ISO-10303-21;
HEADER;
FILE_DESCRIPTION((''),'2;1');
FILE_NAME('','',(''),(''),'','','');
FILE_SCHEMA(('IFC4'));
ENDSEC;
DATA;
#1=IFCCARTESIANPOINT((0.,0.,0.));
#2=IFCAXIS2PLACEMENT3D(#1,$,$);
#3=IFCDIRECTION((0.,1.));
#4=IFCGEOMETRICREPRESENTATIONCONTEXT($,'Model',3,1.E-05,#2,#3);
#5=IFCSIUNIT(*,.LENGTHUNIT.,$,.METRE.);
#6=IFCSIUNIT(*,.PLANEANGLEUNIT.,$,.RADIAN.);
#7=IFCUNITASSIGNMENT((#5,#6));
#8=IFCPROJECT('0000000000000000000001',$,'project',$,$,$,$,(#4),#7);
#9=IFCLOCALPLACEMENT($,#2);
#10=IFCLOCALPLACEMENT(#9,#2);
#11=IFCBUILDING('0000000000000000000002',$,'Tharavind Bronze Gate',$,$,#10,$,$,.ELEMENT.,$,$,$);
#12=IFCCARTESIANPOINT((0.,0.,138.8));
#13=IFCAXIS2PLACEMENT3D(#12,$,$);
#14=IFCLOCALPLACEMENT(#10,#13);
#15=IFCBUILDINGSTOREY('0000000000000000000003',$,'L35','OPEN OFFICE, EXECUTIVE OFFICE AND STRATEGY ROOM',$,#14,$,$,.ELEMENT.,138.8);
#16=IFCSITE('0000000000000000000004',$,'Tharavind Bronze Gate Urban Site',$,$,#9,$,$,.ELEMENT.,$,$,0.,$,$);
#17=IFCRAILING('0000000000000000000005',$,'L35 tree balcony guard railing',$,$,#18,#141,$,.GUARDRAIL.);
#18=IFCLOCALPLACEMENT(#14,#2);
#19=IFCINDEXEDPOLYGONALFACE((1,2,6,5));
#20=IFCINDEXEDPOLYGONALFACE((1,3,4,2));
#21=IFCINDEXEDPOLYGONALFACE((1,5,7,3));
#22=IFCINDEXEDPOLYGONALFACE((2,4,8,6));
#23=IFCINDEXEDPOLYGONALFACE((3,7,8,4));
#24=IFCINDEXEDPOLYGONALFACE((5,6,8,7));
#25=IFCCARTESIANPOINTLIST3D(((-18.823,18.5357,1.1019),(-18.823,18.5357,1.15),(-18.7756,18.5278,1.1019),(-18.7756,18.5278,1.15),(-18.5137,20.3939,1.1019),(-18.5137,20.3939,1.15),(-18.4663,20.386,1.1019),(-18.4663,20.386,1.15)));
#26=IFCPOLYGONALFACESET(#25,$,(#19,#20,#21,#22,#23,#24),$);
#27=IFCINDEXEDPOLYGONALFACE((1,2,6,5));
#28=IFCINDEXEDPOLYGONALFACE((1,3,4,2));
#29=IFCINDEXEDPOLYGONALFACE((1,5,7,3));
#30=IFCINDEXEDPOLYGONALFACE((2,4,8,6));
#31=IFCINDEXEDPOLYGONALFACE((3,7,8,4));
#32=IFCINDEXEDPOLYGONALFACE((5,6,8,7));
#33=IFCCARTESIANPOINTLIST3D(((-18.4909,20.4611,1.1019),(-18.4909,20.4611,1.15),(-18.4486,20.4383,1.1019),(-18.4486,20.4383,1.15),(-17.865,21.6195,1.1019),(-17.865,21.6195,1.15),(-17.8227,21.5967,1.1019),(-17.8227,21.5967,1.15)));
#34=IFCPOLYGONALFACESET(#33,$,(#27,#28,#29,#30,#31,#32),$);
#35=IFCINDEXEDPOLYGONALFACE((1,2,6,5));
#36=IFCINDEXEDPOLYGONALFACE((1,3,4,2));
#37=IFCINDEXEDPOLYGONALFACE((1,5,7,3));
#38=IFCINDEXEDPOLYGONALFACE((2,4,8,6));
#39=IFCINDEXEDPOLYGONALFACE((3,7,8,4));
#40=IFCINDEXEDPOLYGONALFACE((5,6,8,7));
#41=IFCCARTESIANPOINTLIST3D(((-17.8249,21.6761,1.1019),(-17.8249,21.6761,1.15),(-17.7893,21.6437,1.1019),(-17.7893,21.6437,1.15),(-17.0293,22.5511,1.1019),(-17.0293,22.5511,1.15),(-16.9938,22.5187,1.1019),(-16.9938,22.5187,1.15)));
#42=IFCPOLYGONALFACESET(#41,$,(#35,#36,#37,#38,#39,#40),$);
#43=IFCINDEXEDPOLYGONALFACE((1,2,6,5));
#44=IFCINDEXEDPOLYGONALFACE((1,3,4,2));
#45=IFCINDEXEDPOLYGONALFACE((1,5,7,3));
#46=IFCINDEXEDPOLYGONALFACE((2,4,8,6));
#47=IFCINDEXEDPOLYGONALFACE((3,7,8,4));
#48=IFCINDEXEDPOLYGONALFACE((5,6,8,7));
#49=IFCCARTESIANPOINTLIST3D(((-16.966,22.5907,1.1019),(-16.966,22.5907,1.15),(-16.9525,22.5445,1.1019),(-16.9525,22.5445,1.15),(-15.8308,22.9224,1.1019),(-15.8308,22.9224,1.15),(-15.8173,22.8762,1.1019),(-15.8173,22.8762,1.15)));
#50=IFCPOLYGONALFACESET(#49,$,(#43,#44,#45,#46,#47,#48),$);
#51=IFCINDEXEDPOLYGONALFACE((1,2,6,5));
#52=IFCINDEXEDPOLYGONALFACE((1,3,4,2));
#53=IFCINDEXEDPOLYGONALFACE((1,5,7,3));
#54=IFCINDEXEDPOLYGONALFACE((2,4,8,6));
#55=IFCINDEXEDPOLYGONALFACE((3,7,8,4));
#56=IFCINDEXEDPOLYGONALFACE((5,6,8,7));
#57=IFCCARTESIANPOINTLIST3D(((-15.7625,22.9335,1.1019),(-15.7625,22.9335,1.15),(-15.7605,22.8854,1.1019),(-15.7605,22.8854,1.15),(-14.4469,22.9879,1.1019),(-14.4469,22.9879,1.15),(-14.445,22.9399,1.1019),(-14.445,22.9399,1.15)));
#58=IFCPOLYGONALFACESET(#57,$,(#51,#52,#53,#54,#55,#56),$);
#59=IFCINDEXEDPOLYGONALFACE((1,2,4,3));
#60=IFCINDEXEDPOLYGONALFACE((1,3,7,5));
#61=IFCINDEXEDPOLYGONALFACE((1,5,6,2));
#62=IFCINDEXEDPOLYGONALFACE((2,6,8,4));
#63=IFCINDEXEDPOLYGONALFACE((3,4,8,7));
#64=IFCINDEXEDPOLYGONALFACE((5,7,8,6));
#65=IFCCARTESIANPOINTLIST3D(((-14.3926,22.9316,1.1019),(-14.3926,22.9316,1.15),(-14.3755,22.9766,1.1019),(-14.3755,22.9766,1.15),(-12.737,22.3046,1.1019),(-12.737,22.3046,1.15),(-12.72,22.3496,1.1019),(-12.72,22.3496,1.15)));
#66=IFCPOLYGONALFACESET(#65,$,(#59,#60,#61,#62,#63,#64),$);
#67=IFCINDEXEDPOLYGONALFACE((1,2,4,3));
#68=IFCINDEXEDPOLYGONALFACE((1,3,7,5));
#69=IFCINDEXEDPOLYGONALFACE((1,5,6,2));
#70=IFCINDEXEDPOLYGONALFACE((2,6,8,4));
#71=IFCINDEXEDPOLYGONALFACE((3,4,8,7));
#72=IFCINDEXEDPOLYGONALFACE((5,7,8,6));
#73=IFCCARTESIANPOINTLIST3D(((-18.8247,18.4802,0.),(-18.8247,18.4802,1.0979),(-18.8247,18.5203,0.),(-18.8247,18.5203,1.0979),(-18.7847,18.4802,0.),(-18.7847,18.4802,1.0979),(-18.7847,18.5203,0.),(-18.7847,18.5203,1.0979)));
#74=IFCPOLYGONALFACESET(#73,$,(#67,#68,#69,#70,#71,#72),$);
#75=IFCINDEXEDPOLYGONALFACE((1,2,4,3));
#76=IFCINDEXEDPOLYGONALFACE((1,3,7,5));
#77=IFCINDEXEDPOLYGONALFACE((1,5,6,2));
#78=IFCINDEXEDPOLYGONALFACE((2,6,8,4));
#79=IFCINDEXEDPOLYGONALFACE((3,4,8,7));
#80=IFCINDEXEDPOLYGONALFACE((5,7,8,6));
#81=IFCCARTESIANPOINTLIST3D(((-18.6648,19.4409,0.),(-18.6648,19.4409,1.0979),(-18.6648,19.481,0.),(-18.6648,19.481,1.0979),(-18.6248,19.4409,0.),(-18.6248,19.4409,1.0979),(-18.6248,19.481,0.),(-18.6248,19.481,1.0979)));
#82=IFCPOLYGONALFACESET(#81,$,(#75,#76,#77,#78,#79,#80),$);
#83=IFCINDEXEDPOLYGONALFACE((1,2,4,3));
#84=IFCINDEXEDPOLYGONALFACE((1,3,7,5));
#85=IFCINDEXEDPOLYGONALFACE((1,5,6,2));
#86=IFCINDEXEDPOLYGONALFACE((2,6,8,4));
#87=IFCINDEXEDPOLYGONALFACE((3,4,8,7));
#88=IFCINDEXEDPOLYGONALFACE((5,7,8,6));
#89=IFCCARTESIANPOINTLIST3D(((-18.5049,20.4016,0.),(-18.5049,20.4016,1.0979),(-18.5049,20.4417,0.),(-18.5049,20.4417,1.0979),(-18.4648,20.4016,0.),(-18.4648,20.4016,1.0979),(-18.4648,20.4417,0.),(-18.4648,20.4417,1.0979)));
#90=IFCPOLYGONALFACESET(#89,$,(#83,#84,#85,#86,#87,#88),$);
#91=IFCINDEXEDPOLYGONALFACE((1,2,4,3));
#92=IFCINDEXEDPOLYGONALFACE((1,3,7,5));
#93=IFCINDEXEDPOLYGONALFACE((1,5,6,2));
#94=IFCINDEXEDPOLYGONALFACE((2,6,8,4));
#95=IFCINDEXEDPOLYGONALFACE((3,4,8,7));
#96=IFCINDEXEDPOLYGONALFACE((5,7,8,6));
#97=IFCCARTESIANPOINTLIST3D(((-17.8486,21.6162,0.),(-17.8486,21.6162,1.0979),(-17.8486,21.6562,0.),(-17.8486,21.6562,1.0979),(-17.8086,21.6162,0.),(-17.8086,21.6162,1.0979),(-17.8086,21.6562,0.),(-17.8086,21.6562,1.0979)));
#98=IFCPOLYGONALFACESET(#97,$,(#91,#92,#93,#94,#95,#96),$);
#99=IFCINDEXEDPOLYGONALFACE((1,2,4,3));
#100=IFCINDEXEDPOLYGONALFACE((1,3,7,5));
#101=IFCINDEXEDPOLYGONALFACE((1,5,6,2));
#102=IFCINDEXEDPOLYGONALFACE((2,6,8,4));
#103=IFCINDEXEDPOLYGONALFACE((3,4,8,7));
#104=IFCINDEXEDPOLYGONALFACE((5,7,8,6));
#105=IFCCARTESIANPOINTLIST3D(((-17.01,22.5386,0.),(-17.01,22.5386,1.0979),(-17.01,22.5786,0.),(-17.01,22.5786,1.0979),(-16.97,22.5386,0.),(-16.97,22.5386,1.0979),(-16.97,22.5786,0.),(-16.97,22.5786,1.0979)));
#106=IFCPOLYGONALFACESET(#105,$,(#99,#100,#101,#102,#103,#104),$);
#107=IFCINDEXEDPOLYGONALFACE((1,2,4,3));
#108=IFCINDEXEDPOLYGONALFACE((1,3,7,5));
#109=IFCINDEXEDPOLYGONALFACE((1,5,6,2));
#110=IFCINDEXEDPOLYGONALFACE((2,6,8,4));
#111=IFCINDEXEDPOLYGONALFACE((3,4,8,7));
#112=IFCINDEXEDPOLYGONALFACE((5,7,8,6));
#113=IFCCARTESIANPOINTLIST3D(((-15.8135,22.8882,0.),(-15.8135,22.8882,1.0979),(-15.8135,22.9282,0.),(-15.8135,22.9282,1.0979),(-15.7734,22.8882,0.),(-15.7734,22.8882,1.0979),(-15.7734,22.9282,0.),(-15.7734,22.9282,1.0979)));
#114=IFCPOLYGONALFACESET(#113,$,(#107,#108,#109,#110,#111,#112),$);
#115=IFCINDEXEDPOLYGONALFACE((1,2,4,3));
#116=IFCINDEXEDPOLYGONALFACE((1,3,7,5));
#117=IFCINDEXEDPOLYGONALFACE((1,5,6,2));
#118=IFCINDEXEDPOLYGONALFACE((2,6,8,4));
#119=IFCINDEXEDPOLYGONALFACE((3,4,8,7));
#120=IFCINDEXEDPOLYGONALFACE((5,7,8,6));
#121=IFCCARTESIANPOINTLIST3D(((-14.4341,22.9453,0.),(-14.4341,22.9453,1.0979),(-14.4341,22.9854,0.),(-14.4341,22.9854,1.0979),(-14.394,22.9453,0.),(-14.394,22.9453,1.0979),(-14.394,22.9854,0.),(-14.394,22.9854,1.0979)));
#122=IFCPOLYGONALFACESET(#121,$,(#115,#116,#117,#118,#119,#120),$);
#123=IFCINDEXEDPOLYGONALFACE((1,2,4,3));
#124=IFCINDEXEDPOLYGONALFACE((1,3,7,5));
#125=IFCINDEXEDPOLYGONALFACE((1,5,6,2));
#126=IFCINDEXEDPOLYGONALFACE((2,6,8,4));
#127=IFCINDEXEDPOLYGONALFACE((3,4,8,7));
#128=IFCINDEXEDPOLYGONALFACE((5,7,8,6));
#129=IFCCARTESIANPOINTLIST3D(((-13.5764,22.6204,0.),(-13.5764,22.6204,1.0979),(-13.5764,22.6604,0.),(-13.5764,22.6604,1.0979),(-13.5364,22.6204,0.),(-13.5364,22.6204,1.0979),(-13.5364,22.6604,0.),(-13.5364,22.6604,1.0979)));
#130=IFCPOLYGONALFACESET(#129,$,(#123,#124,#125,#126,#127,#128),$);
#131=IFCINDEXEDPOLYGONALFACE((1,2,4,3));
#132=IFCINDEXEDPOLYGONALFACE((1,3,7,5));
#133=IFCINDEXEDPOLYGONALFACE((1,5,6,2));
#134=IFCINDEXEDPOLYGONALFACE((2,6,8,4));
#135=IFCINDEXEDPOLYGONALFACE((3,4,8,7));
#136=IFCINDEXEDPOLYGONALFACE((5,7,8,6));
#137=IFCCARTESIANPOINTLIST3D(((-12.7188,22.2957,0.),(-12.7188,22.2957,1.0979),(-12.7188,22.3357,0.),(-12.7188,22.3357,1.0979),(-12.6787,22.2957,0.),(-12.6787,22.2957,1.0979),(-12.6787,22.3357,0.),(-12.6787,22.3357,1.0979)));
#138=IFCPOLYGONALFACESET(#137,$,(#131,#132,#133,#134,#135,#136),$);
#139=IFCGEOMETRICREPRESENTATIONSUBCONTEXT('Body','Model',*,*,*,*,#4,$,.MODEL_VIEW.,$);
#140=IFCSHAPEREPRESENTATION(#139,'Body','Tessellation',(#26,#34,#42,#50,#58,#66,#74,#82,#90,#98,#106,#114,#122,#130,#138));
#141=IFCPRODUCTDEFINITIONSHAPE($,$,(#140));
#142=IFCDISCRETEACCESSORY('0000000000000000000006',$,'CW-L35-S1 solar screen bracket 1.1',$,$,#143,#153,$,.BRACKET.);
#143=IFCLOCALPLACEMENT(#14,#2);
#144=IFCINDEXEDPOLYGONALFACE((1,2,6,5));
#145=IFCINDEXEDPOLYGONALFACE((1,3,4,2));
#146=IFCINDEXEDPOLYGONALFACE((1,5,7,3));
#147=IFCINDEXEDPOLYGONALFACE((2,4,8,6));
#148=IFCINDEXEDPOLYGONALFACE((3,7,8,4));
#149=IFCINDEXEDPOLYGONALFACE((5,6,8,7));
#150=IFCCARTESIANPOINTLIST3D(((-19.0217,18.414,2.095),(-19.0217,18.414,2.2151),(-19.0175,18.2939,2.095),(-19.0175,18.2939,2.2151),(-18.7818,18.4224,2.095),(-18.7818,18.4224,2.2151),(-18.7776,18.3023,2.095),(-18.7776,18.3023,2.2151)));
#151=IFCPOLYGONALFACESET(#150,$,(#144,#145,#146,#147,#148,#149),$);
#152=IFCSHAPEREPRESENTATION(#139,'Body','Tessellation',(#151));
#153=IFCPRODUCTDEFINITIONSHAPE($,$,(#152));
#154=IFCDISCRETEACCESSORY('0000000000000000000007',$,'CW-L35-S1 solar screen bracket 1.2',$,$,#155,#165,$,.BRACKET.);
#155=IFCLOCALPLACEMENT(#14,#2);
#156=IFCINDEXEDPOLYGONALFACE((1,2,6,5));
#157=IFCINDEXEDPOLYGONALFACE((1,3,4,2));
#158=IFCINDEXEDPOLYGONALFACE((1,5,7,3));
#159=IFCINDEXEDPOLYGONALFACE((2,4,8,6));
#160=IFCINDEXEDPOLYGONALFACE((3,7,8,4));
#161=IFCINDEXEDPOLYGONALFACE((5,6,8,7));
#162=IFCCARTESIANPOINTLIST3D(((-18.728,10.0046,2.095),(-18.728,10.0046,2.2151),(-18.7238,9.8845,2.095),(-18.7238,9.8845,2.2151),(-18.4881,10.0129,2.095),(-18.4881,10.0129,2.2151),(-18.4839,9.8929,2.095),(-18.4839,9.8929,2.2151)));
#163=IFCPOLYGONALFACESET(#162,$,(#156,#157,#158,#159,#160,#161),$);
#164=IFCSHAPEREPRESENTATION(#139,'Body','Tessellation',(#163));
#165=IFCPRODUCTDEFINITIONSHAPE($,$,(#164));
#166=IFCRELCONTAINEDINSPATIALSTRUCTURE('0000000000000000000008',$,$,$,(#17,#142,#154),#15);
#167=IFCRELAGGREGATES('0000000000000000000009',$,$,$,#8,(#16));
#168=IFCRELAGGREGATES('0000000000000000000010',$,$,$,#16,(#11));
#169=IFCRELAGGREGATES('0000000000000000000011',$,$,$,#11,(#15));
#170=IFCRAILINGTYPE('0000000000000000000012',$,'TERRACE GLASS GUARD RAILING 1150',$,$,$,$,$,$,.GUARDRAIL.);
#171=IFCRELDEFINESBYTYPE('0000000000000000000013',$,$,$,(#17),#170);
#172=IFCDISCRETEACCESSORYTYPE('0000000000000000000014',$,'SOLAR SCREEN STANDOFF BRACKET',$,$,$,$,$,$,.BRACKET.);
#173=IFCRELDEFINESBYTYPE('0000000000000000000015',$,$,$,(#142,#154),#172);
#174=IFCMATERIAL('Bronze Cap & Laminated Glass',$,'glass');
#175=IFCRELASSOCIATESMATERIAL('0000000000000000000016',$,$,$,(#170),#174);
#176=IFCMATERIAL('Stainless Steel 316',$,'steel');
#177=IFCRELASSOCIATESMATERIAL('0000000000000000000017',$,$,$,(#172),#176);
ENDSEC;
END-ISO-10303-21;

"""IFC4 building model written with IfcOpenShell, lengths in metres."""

from ifc_helpers import new_model, si_unit, direction, frame, origin, origin_2d, place, context, subcontext, project, spatial, rectangle, extrude, material, type_object, element, save


model = new_model("IFC4")

# Units and contexts
model_context = context("Model", 3, precision=1e-05, world=origin(), true_north=direction((0.0, 1.0)))
body_context = subcontext(model_context, "Body", "Model", "MODEL_VIEW")
ifc_project = project(units=[si_unit("LENGTHUNIT", "METRE"), si_unit("PLANEANGLEUNIT", "RADIAN")], contexts=[model_context])

# Site, building, storey
site_placement = place(None, origin())
site = spatial("IfcSite", under=ifc_project, at=site_placement, Name="Tharavind Bronze Gate Urban Site", CompositionType="ELEMENT", RefElevation=0.0)
building_placement = place(site_placement, origin())
building = spatial("IfcBuilding", under=site, at=building_placement, Name="Tharavind Bronze Gate", CompositionType="ELEMENT")
storey_placement = place(building_placement, frame((0.0, 0.0, 138.8)))
storey = spatial("IfcBuildingStorey", under=building, at=storey_placement, Name="L35", Description="OPEN OFFICE, EXECUTIVE OFFICE AND STRATEGY ROOM", CompositionType="ELEMENT", Elevation=138.8)

# Railing
ifc_material_1 = material(Name="Bronze Cap & Laminated Glass", Category="glass")
railing_type = type_object("IfcRailingType", Name="TERRACE GLASS GUARD RAILING 1150", PredefinedType="GUARDRAIL", material=ifc_material_1)
railing_placement = place(storey_placement, frame((-18.8047, 18.5002, 0.0)))
element("IfcRailing", 1, at=railing_placement, inside=storey, type_object=railing_type, Name="L35 tree balcony guard railing", PredefinedType="GUARDRAIL", context=body_context, shape_type="SweptSolid", body=[
    extrude(rectangle(XDim=0.0481, YDim=0.0481, at=origin_2d()), frame((0.0054, 0.0315, 1.126), z_axis=(0.164196, 0.986428, 0.0), x_axis=(-0.986428, 0.164196, 0.0)), (0.0, 0.0, 1.0), 1.8838),
    extrude(rectangle(XDim=0.0481, YDim=0.0481, at=origin_2d()), frame((0.335, 1.9495, 1.126), z_axis=(0.475354, 0.879794, 0.0), x_axis=(-0.879794, 0.475354, 0.0)), (0.0, 0.0, 1.0), 1.3167),
    extrude(rectangle(XDim=0.0481, YDim=0.0481, at=origin_2d()), frame((0.9976, 3.1597, 1.126), z_axis=(0.672722, 0.739896, 0.0), x_axis=(-0.739896, 0.672722, 0.0)), (0.0, 0.0, 1.0), 1.1826),
    extrude(rectangle(XDim=0.0481, YDim=0.0481, at=origin_2d()), frame((1.8455, 4.0674, 1.126), z_axis=(0.959866, 0.280459, 0.0), x_axis=(-0.280459, 0.959866, 0.0)), (0.0, 0.0, 1.0), 1.1826),
    extrude(rectangle(XDim=0.0481, YDim=0.0481, at=origin_2d()), frame((3.0432, 4.4092, 1.126), z_axis=(0.999143, 0.04138, 0.0), x_axis=(-0.04138, 0.999143, 0.0)), (0.0, 0.0, 1.0), 1.3167),
    extrude(rectangle(XDim=0.0481, YDim=0.0481, at=origin_2d()), frame((4.4207, 4.4539, 1.126), z_axis=(0.935175, -0.354185, 0.0), x_axis=(0.354185, 0.935175, 0.0)), (0.0, 0.0, 1.0), 1.7703),
    extrude(rectangle(XDim=0.04, YDim=0.04, at=origin_2d()), origin(), (0.0, 0.0, 1.0), 1.0979),
    extrude(rectangle(XDim=0.04, YDim=0.04, at=origin_2d()), frame((0.1599, 0.9607, 0.0)), (0.0, 0.0, 1.0), 1.0979),
    extrude(rectangle(XDim=0.04, YDim=0.04, at=origin_2d()), frame((0.3198, 1.9214, 0.0)), (0.0, 0.0, 1.0), 1.0979),
    extrude(rectangle(XDim=0.04, YDim=0.04, at=origin_2d()), frame((0.9761, 3.136, 0.0)), (0.0, 0.0, 1.0), 1.0979),
    extrude(rectangle(XDim=0.04, YDim=0.04, at=origin_2d()), frame((1.8147, 4.0583, 0.0)), (0.0, 0.0, 1.0), 1.0979),
    extrude(rectangle(XDim=0.04, YDim=0.04, at=origin_2d()), frame((3.0112, 4.408, 0.0)), (0.0, 0.0, 1.0), 1.0979),
    extrude(rectangle(XDim=0.04, YDim=0.04, at=origin_2d()), frame((4.3906, 4.4651, 0.0)), (0.0, 0.0, 1.0), 1.0979),
    extrude(rectangle(XDim=0.04, YDim=0.04, at=origin_2d()), frame((5.2483, 4.1401, 0.0)), (0.0, 0.0, 1.0), 1.0979),
    extrude(rectangle(XDim=0.04, YDim=0.04, at=origin_2d()), frame((6.106, 3.8154, 0.0)), (0.0, 0.0, 1.0), 1.0979),
])

# Discrete accessories
ifc_material_2 = material(Name="Stainless Steel 316", Category="steel")
discrete_accessory_type = type_object("IfcDiscreteAccessoryType", Name="SOLAR SCREEN STANDOFF BRACKET", PredefinedType="BRACKET", material=ifc_material_2)
for number, where, z_axis, x_axis, name in (
    (2, (-18.8997, 18.3582, 2.095), (0.0, 0.0, 1.0), (0.034899, -0.999391, 0.0), "CW-L35-S1 solar screen bracket 1.1"),
    (3, (-18.606, 9.9487, 2.095), (0.0, 0.0, 1.0), (0.034899, -0.999391, 0.0), "CW-L35-S1 solar screen bracket 1.2"),
):
    element("IfcDiscreteAccessory", number, at=place(storey_placement, frame(where, z_axis=z_axis, x_axis=x_axis)), inside=storey, type_object=discrete_accessory_type, Name=name, PredefinedType="BRACKET", context=body_context, shape_type="SweptSolid", body=[
        extrude(rectangle(XDim=0.1201, YDim=0.24, at=origin_2d()), origin(), (0.0, 0.0, 1.0), 0.1201),
    ])

save(model, "model.ifc")
